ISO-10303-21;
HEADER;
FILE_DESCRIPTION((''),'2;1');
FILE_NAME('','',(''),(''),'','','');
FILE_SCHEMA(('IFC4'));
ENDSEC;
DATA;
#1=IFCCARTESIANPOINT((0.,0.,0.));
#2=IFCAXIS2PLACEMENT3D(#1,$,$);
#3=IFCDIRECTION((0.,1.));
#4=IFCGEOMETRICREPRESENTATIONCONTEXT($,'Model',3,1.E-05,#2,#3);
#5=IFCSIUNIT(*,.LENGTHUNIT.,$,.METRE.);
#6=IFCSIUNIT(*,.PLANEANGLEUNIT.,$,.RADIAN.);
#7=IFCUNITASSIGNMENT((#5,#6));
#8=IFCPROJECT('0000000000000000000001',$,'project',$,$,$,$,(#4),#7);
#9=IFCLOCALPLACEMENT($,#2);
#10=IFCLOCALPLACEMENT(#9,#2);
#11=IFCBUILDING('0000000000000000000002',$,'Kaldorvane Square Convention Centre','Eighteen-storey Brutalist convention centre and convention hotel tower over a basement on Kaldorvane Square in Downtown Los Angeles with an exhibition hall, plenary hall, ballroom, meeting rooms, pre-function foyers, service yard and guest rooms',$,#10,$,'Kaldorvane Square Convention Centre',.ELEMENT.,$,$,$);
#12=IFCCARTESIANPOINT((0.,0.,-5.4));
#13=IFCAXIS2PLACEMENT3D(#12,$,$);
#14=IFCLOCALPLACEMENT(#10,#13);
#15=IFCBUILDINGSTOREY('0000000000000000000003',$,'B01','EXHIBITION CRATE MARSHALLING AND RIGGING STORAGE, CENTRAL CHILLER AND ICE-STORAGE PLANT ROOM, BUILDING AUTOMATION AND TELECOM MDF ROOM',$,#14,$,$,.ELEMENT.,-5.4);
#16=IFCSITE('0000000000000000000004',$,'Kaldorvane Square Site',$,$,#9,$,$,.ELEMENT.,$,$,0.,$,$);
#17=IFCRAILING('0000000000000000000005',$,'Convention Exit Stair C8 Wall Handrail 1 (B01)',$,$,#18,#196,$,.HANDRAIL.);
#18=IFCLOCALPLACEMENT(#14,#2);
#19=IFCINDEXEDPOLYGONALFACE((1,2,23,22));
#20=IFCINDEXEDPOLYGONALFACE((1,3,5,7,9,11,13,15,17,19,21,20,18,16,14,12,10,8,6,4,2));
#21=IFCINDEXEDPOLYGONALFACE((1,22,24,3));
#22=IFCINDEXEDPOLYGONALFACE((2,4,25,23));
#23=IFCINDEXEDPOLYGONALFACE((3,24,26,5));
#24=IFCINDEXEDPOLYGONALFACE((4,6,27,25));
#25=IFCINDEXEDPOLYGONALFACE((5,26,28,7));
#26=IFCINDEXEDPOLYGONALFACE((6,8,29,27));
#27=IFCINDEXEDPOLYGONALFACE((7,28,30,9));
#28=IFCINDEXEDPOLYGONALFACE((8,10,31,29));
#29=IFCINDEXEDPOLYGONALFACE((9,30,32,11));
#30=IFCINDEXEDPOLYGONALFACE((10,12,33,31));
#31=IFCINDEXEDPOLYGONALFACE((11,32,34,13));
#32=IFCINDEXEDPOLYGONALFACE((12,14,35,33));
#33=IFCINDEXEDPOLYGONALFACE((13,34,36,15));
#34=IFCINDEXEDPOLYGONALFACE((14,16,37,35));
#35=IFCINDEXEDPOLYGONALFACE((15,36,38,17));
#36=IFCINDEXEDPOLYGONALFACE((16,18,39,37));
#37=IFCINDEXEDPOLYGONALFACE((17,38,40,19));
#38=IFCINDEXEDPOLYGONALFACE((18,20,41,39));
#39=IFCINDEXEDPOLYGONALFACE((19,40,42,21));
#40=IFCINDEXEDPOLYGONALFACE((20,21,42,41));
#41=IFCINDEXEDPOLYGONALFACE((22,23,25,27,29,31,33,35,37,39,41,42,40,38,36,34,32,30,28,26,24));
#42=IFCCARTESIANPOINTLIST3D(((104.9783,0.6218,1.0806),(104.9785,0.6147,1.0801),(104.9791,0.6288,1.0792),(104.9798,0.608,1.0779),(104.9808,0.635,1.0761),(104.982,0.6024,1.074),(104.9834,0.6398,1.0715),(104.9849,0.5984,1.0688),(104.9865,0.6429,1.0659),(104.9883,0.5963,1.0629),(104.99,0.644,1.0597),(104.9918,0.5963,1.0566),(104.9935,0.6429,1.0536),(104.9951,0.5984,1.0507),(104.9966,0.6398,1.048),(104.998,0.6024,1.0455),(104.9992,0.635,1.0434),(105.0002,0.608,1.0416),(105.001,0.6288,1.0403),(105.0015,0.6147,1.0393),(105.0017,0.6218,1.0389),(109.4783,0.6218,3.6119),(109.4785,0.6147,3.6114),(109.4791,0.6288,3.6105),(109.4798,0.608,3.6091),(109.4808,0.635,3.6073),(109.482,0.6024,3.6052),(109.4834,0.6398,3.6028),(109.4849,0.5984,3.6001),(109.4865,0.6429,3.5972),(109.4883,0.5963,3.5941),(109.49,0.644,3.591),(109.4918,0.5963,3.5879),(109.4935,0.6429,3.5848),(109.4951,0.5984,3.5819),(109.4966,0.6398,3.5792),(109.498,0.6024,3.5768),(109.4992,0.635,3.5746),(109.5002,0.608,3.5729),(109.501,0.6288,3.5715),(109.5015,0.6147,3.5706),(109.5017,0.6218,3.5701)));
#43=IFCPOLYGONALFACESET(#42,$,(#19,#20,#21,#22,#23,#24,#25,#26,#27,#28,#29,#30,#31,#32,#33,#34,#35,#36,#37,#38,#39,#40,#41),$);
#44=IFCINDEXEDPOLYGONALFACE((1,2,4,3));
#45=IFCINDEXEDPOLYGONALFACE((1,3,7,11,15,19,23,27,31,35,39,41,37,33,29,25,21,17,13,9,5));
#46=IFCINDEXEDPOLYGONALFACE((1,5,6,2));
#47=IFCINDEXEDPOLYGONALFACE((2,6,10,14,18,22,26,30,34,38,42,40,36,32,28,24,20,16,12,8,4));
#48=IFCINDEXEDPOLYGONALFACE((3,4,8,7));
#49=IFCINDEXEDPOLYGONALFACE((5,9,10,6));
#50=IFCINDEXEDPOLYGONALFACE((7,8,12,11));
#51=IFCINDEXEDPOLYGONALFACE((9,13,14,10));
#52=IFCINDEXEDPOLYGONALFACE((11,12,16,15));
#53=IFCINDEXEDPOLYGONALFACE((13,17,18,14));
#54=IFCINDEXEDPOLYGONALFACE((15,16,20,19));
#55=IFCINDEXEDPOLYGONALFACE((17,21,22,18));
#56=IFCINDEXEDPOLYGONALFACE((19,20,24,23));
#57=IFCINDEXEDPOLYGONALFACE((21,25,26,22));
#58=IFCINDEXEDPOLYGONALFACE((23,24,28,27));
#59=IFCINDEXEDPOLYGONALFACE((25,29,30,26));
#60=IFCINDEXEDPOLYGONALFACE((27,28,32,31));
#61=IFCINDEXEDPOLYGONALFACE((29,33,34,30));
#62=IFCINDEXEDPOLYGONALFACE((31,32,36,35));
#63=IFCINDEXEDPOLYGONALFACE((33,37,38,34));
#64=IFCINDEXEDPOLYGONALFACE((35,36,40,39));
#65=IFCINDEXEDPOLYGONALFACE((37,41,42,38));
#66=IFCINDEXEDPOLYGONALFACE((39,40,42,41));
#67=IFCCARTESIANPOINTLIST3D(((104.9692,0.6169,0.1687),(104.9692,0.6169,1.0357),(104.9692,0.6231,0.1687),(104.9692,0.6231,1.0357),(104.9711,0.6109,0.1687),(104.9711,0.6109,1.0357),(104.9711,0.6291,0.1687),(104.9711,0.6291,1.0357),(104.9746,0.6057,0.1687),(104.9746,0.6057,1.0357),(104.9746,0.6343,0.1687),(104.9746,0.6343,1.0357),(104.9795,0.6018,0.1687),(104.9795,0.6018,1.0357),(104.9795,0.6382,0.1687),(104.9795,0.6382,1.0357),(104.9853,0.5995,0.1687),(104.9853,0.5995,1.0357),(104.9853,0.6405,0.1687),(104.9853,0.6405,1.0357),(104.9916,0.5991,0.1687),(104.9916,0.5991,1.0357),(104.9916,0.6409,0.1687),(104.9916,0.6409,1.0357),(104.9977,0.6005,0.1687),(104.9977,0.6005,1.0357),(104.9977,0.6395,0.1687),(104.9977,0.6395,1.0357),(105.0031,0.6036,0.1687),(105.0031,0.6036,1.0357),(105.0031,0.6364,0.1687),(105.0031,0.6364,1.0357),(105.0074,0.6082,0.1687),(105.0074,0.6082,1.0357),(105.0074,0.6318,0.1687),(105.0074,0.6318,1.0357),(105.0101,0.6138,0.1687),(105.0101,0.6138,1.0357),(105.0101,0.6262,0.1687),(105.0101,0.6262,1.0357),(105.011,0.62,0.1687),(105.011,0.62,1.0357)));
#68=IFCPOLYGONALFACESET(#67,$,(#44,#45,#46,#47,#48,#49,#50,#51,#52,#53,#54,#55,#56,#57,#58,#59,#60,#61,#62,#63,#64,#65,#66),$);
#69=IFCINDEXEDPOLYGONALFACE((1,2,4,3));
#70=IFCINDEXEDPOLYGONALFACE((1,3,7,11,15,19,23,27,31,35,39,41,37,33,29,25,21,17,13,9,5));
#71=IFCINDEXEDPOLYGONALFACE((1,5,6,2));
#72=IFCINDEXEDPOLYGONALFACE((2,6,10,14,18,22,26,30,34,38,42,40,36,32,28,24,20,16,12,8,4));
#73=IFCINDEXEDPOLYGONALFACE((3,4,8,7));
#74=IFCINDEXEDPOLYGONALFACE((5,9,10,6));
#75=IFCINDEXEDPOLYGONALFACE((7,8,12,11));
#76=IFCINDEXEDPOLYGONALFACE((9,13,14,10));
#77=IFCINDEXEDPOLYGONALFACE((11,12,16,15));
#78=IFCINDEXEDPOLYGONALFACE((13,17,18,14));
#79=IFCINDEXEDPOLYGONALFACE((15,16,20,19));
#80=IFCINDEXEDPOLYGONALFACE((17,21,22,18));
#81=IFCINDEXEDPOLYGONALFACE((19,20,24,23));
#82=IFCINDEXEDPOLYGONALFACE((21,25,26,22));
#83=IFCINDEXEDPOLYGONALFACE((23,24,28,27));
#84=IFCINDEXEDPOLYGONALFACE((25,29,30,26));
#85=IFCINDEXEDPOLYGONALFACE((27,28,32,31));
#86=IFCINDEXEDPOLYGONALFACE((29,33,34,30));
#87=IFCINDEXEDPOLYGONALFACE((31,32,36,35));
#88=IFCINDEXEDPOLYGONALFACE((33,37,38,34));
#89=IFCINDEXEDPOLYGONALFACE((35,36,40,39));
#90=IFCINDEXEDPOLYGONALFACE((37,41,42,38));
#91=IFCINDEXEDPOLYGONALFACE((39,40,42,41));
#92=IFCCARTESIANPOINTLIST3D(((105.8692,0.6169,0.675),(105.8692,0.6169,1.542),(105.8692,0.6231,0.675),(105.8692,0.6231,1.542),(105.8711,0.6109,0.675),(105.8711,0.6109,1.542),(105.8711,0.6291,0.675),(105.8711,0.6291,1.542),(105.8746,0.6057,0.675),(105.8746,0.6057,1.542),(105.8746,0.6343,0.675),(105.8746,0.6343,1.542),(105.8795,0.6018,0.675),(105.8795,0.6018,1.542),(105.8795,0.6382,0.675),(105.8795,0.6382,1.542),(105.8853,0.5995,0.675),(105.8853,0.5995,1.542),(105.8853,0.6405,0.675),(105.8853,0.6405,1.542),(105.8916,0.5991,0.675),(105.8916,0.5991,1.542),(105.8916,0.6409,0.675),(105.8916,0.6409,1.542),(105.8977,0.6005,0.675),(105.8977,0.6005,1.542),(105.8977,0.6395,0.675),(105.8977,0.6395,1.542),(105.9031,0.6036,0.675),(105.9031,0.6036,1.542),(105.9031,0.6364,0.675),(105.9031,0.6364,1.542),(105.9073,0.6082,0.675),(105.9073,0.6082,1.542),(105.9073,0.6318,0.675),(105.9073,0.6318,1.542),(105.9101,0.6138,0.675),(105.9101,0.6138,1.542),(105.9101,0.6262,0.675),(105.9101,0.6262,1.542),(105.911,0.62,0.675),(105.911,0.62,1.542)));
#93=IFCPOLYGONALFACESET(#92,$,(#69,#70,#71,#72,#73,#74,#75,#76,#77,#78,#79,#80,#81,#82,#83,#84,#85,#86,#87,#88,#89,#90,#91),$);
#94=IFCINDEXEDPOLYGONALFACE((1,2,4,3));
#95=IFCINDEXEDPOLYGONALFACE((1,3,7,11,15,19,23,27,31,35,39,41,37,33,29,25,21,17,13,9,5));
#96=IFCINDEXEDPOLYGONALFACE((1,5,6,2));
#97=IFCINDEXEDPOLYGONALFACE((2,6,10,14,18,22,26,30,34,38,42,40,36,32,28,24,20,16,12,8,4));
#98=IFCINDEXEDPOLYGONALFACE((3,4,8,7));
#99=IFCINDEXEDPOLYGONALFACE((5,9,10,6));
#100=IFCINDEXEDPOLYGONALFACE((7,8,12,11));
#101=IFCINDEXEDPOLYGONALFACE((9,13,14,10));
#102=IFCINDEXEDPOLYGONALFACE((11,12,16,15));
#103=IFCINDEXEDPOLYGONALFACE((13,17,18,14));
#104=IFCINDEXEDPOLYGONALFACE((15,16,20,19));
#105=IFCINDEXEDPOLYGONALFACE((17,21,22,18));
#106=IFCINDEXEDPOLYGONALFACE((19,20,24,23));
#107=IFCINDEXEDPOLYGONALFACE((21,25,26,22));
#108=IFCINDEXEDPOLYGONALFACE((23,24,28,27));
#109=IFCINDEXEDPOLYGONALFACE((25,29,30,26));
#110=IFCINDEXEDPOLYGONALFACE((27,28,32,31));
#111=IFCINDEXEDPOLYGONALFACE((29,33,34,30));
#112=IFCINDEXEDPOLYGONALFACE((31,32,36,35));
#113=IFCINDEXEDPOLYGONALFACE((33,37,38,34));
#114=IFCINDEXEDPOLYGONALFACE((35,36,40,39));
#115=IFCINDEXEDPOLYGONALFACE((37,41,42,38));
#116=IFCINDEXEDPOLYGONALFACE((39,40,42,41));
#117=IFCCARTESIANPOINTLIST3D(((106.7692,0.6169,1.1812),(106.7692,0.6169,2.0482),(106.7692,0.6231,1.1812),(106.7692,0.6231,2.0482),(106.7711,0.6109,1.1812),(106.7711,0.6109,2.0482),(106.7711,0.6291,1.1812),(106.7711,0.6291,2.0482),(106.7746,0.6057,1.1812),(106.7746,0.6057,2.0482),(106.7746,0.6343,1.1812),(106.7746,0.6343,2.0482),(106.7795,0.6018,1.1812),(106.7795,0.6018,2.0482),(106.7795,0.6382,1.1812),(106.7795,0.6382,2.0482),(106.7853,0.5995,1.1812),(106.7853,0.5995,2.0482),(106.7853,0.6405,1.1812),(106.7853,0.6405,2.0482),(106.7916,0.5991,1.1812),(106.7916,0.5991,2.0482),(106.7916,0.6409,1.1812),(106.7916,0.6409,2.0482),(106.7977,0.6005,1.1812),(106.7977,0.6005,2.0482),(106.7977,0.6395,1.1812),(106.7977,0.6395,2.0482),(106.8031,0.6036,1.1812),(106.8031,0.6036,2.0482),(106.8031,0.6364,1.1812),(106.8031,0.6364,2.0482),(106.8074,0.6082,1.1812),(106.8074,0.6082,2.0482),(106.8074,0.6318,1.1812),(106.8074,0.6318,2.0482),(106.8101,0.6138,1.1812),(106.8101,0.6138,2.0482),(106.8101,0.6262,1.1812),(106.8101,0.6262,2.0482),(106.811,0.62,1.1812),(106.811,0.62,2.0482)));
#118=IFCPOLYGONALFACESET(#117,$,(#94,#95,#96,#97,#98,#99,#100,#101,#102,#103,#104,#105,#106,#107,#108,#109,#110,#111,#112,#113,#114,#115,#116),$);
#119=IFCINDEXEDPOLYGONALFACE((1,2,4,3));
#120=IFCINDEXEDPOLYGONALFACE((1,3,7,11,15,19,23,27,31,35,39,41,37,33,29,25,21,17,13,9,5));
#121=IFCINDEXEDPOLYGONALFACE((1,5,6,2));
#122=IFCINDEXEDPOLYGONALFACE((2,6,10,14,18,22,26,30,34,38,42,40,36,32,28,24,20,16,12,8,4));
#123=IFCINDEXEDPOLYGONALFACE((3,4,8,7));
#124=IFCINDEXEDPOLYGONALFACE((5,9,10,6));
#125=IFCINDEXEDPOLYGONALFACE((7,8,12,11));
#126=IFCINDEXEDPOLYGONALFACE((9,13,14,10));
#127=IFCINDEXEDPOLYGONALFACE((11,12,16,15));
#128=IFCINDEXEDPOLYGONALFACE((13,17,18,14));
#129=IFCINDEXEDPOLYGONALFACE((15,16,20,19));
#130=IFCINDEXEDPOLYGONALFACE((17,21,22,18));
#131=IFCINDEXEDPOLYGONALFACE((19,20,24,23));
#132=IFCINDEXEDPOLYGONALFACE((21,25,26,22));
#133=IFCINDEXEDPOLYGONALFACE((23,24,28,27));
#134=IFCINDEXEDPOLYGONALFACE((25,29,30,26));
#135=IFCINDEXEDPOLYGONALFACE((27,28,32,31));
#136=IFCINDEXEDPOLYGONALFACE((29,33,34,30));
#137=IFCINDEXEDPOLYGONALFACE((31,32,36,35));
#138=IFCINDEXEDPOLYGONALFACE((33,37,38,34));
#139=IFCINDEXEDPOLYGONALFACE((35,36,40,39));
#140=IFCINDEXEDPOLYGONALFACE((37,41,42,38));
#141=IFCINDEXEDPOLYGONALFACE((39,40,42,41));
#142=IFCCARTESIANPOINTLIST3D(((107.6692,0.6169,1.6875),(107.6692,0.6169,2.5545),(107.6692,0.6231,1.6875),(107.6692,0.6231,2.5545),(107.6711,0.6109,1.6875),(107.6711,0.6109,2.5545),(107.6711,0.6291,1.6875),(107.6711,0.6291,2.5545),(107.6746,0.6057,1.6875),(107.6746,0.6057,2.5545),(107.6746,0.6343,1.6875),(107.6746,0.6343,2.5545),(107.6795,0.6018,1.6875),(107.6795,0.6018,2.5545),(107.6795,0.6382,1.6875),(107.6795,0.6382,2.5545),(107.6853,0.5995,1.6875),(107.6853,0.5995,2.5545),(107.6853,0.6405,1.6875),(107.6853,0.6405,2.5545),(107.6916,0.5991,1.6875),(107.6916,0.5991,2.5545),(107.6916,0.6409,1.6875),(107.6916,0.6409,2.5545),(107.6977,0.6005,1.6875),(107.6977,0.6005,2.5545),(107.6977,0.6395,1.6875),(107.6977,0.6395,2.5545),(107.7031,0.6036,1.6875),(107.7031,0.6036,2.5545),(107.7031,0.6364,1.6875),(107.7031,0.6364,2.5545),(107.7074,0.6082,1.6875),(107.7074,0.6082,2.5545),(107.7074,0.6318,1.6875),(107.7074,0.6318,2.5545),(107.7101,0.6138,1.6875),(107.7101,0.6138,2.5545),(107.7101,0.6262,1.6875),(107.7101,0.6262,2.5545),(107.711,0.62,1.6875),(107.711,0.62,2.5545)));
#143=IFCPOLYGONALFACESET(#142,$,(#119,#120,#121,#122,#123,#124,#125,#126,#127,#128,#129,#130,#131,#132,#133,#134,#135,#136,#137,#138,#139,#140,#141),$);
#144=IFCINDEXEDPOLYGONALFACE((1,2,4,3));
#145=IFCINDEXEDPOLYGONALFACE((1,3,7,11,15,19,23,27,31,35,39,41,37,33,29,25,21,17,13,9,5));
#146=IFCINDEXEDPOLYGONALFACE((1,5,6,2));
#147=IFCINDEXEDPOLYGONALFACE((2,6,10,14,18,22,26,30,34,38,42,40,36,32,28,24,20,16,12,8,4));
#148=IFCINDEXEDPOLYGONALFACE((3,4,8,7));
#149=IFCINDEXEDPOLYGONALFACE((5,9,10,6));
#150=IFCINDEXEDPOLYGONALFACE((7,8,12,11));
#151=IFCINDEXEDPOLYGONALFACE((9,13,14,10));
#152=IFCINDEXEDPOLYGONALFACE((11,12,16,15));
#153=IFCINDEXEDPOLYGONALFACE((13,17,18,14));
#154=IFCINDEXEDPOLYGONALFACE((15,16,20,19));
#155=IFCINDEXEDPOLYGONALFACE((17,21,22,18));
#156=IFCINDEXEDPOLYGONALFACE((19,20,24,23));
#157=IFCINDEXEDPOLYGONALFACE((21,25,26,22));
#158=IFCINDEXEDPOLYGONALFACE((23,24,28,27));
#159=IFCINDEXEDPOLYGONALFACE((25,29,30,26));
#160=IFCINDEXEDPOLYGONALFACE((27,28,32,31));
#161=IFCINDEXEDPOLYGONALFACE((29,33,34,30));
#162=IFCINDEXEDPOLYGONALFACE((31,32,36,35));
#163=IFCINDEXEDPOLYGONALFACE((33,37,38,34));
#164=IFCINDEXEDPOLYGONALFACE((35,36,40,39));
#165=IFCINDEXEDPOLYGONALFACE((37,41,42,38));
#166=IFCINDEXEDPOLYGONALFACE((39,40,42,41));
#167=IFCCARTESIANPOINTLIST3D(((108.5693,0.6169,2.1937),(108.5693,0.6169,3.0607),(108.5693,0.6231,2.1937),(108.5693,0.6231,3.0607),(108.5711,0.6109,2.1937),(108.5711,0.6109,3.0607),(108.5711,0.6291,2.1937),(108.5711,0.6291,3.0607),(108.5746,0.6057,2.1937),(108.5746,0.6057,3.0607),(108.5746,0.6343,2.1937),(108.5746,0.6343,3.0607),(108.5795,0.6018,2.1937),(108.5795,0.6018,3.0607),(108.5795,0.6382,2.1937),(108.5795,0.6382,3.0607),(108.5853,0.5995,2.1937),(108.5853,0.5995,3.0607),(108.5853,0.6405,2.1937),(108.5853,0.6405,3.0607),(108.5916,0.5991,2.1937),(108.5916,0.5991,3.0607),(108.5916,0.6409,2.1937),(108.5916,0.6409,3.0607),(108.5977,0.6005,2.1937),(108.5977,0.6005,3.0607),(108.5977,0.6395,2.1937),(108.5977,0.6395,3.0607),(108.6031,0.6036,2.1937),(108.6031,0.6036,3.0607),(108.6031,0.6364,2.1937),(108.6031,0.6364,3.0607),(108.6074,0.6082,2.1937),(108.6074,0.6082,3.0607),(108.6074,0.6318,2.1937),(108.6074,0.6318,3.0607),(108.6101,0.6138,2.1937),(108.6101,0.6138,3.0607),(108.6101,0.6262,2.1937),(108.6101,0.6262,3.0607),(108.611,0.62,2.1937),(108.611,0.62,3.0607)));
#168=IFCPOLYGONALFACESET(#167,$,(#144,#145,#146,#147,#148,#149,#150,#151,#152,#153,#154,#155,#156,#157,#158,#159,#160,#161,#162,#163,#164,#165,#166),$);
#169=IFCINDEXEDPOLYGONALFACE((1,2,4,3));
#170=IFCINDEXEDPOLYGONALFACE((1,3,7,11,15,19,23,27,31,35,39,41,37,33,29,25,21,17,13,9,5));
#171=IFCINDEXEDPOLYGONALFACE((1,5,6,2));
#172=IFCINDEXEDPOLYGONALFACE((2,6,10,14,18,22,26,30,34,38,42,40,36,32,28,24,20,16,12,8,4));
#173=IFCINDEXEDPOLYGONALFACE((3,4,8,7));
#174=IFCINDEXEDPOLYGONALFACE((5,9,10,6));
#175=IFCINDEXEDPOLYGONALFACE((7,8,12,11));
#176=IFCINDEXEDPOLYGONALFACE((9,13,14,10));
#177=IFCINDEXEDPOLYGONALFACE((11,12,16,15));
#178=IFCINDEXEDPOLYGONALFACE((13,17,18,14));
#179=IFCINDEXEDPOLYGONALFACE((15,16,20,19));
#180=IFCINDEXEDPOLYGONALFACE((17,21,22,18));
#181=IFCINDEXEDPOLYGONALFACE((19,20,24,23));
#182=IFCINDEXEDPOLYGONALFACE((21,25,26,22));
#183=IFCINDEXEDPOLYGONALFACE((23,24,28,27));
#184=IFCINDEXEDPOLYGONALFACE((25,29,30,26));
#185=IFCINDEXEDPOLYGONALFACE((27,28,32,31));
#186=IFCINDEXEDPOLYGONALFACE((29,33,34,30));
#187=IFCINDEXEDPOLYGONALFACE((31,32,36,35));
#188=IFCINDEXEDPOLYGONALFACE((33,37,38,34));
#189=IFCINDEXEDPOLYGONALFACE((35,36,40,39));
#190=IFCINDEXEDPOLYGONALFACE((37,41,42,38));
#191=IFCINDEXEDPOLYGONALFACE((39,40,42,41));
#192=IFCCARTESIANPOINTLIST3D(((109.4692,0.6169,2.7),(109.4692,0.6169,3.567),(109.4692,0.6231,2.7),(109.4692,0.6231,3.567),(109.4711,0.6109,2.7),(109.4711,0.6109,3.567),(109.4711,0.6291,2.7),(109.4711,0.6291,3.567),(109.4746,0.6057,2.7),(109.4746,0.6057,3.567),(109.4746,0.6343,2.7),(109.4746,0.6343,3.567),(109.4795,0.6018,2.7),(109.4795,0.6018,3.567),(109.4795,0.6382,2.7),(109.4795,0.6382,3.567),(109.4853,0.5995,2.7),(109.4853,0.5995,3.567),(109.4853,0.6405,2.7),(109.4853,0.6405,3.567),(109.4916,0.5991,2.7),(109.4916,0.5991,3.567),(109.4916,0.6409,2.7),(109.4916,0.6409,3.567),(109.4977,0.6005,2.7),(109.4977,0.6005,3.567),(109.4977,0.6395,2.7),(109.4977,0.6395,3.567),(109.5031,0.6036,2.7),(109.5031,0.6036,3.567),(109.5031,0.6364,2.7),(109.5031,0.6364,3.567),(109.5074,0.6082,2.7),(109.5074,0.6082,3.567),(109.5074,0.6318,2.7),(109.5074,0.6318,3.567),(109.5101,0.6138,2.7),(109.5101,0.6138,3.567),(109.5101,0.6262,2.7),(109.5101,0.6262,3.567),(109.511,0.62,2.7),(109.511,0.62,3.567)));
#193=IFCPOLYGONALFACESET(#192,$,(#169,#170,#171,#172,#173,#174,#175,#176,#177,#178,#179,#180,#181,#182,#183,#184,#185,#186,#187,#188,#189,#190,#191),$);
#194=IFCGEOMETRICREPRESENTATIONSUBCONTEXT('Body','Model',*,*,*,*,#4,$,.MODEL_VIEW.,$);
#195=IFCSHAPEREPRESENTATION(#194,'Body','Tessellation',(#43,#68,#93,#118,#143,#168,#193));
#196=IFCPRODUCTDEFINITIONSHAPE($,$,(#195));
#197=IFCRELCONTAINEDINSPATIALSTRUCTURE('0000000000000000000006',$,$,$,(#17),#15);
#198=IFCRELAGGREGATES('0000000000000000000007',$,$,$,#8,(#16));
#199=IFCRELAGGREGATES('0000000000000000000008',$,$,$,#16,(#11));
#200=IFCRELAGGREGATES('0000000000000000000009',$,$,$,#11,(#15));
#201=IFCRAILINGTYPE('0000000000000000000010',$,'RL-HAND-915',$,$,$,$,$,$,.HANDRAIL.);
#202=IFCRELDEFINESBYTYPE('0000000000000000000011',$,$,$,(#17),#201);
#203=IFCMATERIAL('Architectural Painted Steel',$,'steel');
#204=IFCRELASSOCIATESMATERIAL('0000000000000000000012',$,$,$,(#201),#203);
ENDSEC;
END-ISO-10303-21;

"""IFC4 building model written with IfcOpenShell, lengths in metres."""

from ifc_helpers import new_model, si_unit, direction, frame, origin, origin_2d, place, context, subcontext, project, spatial, circle, extrude, material, type_object, element, save


model = new_model("IFC4")

# Units and contexts
model_context = context("Model", 3, precision=1e-05, world=origin(), true_north=direction((0.0, 1.0)))
body_context = subcontext(model_context, "Body", "Model", "MODEL_VIEW")
ifc_project = project(units=[si_unit("LENGTHUNIT", "METRE"), si_unit("PLANEANGLEUNIT", "RADIAN")], contexts=[model_context])

# Site, building, storey
site_placement = place(None, origin())
site = spatial("IfcSite", under=ifc_project, at=site_placement, Name="Kaldorvane Square Site", CompositionType="ELEMENT", RefElevation=0.0)
building_placement = place(site_placement, origin())
building = spatial("IfcBuilding", under=site, at=building_placement, Name="Kaldorvane Square Convention Centre", Description="Eighteen-storey Brutalist convention centre and convention hotel tower over a basement on Kaldorvane Square in Downtown Los Angeles with an exhibition hall, plenary hall, ballroom, meeting rooms, pre-function foyers, service yard and guest rooms", LongName="Kaldorvane Square Convention Centre", CompositionType="ELEMENT")
storey_placement = place(building_placement, frame((0.0, 0.0, -5.4)))
storey = spatial("IfcBuildingStorey", under=building, at=storey_placement, Name="B01", Description="EXHIBITION CRATE MARSHALLING AND RIGGING STORAGE, CENTRAL CHILLER AND ICE-STORAGE PLANT ROOM, BUILDING AUTOMATION AND TELECOM MDF ROOM", CompositionType="ELEMENT", Elevation=-5.4)

# Railing
ifc_material_1 = material(Name="Architectural Painted Steel", Category="steel")
railing_type_1 = type_object("IfcRailingType", Name="RL-HAND-915", PredefinedType="HANDRAIL", material=ifc_material_1)
railing_1_placement = place(storey_placement, frame((104.99, 0.62, 0.1687)))
element("IfcRailing", 1, at=railing_1_placement, inside=storey, type_object=railing_type_1, Name="Convention Exit Stair C8 Wall Handrail 1 (B01)", PredefinedType="HANDRAIL", context=body_context, shape_type="SweptSolid", body=[
    extrude(circle(Radius=0.024, at=origin_2d()), frame((0.0, 0.0, 0.891), z_axis=(0.871576, 0.0, 0.490261), x_axis=(0.0, 1.0, 0.0)), (0.0, 0.0, 1.0), 5.1631),
    extrude(circle(Radius=0.021, at=origin_2d()), origin(), (0.0, 0.0, 1.0), 0.867),
    extrude(circle(Radius=0.021, at=origin_2d()), frame((0.9, 0.0, 0.5063)), (0.0, 0.0, 1.0), 0.867),
    extrude(circle(Radius=0.021, at=origin_2d()), frame((1.8, 0.0, 1.0125)), (0.0, 0.0, 1.0), 0.867),
    extrude(circle(Radius=0.021, at=origin_2d()), frame((2.7, 0.0, 1.5188)), (0.0, 0.0, 1.0), 0.867),
    extrude(circle(Radius=0.021, at=origin_2d()), frame((3.6, 0.0, 2.025)), (0.0, 0.0, 1.0), 0.867),
    extrude(circle(Radius=0.021, at=origin_2d()), frame((4.5, 0.0, 2.5312)), (0.0, 0.0, 1.0), 0.867),
])

save(model, "model.ifc")
